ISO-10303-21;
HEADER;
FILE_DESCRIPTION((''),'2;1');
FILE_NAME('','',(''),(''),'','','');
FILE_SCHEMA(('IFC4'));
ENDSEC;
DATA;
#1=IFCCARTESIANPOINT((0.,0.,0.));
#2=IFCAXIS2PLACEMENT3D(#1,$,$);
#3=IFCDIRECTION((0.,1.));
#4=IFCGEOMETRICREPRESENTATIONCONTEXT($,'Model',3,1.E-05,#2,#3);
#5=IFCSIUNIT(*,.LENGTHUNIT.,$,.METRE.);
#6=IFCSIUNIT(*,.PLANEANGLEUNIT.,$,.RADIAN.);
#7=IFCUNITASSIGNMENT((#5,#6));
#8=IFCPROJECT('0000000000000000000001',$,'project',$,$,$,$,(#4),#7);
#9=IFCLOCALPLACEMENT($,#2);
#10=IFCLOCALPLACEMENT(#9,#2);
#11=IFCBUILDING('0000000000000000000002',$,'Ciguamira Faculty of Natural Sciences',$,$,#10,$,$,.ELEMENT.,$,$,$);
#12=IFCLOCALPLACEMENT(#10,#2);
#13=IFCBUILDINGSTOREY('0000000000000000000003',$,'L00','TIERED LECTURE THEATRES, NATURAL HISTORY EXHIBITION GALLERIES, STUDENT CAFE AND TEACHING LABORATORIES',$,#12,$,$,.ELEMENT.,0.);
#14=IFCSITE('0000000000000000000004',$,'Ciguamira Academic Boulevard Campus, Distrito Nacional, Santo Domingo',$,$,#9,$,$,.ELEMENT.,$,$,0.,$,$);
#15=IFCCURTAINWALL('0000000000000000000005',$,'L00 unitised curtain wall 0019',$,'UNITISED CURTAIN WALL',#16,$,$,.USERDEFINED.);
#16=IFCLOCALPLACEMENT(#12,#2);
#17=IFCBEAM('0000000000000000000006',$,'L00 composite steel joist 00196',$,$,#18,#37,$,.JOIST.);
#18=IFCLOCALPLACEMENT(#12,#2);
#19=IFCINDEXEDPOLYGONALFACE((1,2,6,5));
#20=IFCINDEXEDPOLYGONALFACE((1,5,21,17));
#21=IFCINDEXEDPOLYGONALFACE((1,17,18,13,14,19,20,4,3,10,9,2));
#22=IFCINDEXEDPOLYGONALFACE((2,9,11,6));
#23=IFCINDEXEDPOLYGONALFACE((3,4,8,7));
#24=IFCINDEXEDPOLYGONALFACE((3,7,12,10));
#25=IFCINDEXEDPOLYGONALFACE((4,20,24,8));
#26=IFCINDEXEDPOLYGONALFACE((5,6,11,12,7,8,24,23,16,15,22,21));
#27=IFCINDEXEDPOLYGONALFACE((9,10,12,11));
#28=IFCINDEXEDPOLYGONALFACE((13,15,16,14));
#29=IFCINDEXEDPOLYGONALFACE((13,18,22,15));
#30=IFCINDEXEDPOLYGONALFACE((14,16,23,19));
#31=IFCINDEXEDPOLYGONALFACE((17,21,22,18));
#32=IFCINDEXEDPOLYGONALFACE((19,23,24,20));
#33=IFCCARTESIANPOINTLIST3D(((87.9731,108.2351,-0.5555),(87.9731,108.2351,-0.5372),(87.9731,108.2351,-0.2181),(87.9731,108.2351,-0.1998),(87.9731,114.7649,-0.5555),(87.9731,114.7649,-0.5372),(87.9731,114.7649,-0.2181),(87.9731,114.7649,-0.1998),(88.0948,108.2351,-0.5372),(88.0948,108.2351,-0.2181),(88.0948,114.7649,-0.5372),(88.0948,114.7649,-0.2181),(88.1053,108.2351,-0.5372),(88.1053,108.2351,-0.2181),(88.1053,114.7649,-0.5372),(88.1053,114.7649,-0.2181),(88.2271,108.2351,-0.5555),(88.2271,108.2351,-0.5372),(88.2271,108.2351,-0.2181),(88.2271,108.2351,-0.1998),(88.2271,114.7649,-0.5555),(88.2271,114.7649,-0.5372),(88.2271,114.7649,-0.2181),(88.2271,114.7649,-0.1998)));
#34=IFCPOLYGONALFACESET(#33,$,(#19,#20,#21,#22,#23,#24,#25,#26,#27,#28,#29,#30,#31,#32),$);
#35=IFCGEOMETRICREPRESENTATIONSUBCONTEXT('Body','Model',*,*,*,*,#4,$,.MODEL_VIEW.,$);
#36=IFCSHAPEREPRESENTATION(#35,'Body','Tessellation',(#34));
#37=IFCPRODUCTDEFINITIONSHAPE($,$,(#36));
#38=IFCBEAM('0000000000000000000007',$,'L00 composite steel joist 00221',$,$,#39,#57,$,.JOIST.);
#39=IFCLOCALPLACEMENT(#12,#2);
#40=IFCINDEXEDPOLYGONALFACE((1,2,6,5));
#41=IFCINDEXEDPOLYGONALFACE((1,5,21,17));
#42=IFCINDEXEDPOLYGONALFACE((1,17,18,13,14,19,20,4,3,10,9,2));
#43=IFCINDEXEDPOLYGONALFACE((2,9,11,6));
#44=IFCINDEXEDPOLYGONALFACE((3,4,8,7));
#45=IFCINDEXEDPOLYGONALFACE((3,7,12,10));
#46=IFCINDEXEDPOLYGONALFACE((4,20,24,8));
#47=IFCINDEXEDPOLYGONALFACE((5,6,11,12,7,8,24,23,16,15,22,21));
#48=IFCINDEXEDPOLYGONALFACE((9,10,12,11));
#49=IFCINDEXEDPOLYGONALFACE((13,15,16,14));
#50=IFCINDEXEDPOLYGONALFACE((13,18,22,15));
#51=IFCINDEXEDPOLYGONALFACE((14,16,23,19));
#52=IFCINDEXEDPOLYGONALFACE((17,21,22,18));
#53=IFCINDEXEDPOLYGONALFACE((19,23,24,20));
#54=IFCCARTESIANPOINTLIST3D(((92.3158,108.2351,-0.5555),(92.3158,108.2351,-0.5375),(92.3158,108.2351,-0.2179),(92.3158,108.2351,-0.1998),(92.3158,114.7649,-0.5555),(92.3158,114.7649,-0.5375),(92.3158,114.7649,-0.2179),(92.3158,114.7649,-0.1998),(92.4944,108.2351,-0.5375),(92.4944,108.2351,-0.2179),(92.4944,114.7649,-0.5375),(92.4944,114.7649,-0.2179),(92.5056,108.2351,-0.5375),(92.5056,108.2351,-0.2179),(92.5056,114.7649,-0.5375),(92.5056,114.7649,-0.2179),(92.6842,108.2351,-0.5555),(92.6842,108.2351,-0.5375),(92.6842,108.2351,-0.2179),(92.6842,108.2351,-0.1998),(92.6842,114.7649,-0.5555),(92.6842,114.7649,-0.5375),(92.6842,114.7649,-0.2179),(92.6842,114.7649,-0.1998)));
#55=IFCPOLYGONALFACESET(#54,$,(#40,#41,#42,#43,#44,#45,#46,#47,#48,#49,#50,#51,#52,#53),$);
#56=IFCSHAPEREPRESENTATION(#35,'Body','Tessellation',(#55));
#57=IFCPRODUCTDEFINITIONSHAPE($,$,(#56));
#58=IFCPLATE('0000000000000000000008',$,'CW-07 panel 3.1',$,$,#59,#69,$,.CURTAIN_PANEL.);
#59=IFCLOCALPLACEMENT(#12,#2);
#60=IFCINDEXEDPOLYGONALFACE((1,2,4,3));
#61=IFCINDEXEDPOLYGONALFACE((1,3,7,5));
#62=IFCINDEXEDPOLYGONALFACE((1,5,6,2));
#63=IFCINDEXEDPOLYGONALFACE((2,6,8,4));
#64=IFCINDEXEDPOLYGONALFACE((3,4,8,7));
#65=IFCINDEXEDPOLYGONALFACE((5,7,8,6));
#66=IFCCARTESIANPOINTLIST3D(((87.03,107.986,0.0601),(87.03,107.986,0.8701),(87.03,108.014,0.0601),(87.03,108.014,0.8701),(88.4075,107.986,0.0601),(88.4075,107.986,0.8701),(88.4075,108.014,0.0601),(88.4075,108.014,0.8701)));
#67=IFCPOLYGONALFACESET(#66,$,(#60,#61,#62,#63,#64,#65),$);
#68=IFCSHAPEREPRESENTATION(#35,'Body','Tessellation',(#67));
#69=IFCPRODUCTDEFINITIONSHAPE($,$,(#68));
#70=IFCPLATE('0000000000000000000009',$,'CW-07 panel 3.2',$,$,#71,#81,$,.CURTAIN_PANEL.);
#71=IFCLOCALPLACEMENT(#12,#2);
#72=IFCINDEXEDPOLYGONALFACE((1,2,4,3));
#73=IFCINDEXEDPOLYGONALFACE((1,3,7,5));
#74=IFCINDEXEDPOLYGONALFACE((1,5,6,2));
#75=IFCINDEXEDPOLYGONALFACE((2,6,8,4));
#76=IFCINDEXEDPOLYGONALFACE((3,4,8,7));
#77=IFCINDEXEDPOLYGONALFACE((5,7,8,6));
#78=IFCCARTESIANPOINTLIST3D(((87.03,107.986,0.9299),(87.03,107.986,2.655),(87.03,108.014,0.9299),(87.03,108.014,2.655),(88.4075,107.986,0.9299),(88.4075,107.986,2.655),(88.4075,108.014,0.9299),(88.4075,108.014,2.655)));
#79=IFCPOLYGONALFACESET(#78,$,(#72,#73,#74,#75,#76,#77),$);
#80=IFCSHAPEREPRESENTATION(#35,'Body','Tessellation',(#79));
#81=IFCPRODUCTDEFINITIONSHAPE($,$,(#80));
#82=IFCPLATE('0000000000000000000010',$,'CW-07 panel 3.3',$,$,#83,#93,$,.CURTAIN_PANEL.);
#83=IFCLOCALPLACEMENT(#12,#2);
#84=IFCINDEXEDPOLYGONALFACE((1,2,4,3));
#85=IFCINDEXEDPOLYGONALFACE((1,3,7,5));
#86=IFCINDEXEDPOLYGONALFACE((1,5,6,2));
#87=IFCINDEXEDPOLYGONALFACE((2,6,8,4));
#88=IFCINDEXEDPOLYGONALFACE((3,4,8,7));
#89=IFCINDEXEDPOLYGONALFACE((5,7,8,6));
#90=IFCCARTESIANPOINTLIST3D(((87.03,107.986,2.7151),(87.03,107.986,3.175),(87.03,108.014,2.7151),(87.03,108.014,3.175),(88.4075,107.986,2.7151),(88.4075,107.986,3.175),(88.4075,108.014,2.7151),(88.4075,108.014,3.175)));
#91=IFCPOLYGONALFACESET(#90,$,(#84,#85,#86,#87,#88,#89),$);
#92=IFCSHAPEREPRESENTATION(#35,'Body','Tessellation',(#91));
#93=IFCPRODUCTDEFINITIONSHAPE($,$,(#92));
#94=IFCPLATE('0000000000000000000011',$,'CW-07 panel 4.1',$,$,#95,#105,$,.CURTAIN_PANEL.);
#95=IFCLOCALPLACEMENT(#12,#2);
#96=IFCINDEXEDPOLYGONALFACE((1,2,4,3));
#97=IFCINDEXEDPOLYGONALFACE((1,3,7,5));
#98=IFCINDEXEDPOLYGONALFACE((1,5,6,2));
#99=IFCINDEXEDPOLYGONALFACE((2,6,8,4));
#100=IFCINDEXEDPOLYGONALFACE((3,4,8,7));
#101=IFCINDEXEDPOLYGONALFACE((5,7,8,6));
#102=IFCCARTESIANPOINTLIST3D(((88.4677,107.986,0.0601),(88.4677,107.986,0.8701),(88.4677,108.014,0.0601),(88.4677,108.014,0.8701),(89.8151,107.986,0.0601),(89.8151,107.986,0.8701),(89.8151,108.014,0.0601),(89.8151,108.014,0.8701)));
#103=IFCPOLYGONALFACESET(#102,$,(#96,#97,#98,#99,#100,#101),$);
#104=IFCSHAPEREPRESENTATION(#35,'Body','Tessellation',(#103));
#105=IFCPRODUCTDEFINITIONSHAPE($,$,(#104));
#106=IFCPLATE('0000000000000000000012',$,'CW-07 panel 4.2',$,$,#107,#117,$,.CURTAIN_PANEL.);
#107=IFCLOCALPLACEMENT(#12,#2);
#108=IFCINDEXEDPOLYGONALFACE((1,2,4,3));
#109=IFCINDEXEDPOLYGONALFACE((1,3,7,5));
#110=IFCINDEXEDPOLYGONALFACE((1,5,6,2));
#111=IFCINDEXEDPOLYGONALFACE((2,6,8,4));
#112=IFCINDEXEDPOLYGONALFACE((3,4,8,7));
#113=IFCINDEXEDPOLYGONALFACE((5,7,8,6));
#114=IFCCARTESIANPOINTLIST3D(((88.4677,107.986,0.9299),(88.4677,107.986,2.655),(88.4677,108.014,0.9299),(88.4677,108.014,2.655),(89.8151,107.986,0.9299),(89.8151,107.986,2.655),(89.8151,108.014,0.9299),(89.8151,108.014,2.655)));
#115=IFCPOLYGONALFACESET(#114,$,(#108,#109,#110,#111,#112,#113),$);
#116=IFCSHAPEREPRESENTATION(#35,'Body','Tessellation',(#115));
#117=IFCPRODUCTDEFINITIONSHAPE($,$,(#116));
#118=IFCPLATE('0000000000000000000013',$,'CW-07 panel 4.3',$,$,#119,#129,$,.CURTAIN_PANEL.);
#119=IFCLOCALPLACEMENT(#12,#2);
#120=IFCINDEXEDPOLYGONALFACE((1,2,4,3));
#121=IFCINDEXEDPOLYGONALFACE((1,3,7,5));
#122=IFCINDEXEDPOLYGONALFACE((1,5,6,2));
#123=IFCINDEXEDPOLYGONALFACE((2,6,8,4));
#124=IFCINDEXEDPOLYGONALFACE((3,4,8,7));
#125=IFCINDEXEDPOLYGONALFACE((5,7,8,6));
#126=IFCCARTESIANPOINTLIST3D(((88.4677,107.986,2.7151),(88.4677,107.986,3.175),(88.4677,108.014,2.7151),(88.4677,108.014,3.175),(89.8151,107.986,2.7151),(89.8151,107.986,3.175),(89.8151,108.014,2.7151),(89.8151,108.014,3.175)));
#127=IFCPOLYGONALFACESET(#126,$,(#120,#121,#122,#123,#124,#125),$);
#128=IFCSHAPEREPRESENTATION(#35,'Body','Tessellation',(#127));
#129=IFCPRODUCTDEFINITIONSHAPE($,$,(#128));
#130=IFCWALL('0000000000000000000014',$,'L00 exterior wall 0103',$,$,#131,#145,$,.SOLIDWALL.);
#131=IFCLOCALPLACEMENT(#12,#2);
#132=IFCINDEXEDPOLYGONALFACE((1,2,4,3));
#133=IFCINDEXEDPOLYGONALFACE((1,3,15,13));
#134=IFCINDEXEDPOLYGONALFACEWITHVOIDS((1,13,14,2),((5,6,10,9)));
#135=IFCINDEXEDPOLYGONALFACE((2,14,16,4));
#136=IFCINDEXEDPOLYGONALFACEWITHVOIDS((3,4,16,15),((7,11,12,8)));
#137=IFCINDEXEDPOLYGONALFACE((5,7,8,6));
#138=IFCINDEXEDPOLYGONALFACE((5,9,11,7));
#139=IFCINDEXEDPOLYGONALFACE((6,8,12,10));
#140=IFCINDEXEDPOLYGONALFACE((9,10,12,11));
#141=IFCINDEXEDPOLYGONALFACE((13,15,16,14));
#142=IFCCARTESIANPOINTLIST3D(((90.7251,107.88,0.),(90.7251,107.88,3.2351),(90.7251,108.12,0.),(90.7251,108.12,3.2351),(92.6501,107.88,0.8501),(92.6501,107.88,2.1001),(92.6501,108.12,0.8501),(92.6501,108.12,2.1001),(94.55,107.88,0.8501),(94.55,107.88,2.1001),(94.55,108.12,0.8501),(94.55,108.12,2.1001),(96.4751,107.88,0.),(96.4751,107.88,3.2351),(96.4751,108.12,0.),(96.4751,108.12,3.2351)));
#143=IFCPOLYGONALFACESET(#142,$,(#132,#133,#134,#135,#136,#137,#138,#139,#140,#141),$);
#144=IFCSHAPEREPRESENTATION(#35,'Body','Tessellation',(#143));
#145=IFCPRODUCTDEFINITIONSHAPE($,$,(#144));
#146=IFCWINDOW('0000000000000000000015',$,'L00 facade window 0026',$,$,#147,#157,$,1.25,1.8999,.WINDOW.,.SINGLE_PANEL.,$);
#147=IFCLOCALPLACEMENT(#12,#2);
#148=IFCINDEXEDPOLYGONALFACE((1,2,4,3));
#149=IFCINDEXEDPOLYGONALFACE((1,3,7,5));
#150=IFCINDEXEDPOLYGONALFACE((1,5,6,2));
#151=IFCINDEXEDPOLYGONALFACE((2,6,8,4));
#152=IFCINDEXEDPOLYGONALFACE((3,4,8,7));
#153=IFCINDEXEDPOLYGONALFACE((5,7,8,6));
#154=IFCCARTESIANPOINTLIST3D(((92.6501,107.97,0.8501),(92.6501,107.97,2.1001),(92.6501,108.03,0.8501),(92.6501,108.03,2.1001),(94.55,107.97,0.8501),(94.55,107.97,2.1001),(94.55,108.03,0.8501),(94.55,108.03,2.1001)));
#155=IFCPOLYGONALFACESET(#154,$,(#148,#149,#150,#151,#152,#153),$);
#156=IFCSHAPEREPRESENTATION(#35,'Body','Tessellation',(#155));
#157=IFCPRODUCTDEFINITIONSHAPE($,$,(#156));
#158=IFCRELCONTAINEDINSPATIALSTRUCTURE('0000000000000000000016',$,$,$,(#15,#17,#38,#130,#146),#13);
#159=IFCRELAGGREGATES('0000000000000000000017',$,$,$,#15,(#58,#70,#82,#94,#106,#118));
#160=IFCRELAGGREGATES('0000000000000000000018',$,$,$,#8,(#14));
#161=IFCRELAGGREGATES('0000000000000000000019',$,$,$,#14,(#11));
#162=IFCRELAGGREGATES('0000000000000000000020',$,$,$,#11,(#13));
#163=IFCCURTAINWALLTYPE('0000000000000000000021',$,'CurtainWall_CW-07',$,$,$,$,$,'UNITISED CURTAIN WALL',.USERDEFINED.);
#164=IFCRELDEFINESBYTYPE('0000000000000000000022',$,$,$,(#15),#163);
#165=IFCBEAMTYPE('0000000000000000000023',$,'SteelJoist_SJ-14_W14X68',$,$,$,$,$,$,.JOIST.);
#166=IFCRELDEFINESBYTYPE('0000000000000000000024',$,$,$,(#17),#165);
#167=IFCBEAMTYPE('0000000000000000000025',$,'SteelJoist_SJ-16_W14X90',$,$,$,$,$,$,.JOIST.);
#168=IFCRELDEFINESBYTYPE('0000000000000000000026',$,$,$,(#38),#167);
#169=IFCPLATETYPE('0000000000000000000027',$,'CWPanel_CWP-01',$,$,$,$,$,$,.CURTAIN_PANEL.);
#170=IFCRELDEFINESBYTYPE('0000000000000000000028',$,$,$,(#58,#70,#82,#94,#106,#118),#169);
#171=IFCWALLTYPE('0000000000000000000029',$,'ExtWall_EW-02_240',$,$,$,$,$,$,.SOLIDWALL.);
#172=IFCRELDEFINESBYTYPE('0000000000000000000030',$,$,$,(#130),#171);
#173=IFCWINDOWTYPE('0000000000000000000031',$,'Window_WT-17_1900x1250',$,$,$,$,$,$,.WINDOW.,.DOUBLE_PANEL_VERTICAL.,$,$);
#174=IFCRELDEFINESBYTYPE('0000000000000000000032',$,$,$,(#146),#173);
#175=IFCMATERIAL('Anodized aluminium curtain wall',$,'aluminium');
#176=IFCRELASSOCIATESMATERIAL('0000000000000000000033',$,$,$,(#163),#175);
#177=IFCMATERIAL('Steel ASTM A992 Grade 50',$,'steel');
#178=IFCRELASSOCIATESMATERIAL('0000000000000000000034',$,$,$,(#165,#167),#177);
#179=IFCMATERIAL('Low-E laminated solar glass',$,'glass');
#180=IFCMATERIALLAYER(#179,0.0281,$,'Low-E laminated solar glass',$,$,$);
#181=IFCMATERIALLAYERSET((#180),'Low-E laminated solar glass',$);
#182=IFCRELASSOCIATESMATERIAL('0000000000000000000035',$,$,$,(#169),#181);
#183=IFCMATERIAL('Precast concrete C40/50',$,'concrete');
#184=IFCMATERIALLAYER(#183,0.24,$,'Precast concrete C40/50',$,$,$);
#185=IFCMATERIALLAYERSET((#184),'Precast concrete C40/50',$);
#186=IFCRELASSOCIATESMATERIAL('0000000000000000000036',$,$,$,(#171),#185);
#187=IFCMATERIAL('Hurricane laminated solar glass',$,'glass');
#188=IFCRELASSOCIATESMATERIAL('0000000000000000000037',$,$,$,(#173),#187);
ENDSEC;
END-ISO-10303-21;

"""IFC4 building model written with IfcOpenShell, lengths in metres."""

from ifc_helpers import new_model, si_unit, direction, frame, frame_2d, origin, origin_2d, place, context, subcontext, project, spatial, rectangle, i_section, extrude, material, layer, layer_set, material_profile, profile_set, type_object, element, fill, aggregate, save


model = new_model("IFC4")

# Units and contexts
model_context = context("Model", 3, precision=1e-05, world=origin(), true_north=direction((0.0, 1.0)))
body_context = subcontext(model_context, "Body", "Model", "MODEL_VIEW")
ifc_project = project(units=[si_unit("LENGTHUNIT", "METRE"), si_unit("PLANEANGLEUNIT", "RADIAN")], contexts=[model_context])

# Site, building, storey
site_placement = place(None, origin())
site = spatial("IfcSite", under=ifc_project, at=site_placement, Name="Ciguamira Academic Boulevard Campus, Distrito Nacional, Santo Domingo", CompositionType="ELEMENT", RefElevation=0.0)
building_placement = place(site_placement, origin())
building = spatial("IfcBuilding", under=site, at=building_placement, Name="Ciguamira Faculty of Natural Sciences", CompositionType="ELEMENT")
storey_placement = place(building_placement, origin())
storey = spatial("IfcBuildingStorey", under=building, at=storey_placement, Name="L00", Description="TIERED LECTURE THEATRES, NATURAL HISTORY EXHIBITION GALLERIES, STUDENT CAFE AND TEACHING LABORATORIES", CompositionType="ELEMENT", Elevation=0.0)

# Curtain wall
ifc_material_1 = material(Name="Anodized aluminium curtain wall", Category="aluminium")
curtain_wall_type = type_object("IfcCurtainWallType", Name="CurtainWall_CW-07", ElementType="UNITISED CURTAIN WALL", PredefinedType="USERDEFINED", material=ifc_material_1)
curtain_wall_placement = place(storey_placement, origin())
curtain_wall = element("IfcCurtainWall", 1, at=curtain_wall_placement, inside=storey, type_object=curtain_wall_type, Name="L00 unitised curtain wall 0019", ObjectType="UNITISED CURTAIN WALL", PredefinedType="USERDEFINED")

# Beams
ifc_material_2 = material(Name="Steel ASTM A992 Grade 50", Category="steel")
ifc_material_profile_1 = material_profile(ifc_material_2, i_section(OverallWidth=0.2539, OverallDepth=0.3557, WebThickness=0.0105, FlangeThickness=0.0183, at=origin_2d()), Name="W14X68")
ifc_profile_set_1 = profile_set([ifc_material_profile_1], Name="Steel ASTM A992 Grade 50")
beam_type_1 = type_object("IfcBeamType", Name="SteelJoist_SJ-14_W14X68", PredefinedType="JOIST", material=ifc_profile_set_1)
beam_1_placement = place(storey_placement, frame((88.1001, 108.2351, -0.3777), z_axis=(0.0, 1.0, 0.0), x_axis=(-1.0, 0.0, 0.0)))
element("IfcBeam", 2, at=beam_1_placement, inside=storey, type_object=beam_type_1, Name="L00 composite steel joist 00196", PredefinedType="JOIST", context=body_context, shape_type="SweptSolid", body=[
    extrude(i_section(OverallWidth=0.2539, OverallDepth=0.3557, WebThickness=0.0105, FlangeThickness=0.0183, at=origin_2d()), origin(), (0.0, 0.0, 1.0), 6.5298),
])
ifc_material_profile_2 = material_profile(ifc_material_2, i_section(OverallWidth=0.3684, OverallDepth=0.3557, WebThickness=0.0112, FlangeThickness=0.0181, at=origin_2d()), Name="W14X90")
ifc_profile_set_2 = profile_set([ifc_material_profile_2], Name="Steel ASTM A992 Grade 50")
beam_type_2 = type_object("IfcBeamType", Name="SteelJoist_SJ-16_W14X90", PredefinedType="JOIST", material=ifc_profile_set_2)
beam_2_placement = place(storey_placement, frame((92.5, 108.2351, -0.3777), z_axis=(0.0, 1.0, 0.0), x_axis=(-1.0, 0.0, 0.0)))
element("IfcBeam", 3, at=beam_2_placement, inside=storey, type_object=beam_type_2, Name="L00 composite steel joist 00221", PredefinedType="JOIST", context=body_context, shape_type="SweptSolid", body=[
    extrude(i_section(OverallWidth=0.3684, OverallDepth=0.3557, WebThickness=0.0112, FlangeThickness=0.0181, at=origin_2d()), origin(), (0.0, 0.0, 1.0), 6.5298),
])

# Plates
ifc_material_3 = material(Name="Low-E laminated solar glass", Category="glass")
ifc_layer_1 = layer(ifc_material_3, 0.0281, Name="Low-E laminated solar glass")
ifc_layer_set_1 = layer_set([ifc_layer_1], Name="Low-E laminated solar glass")
plate_type = type_object("IfcPlateType", Name="CWPanel_CWP-01", PredefinedType="CURTAIN_PANEL", material=ifc_layer_set_1)
plate_1_placement = place(storey_placement, frame((87.7188, 108.0, 0.0601), z_axis=(0.0, 0.0, 1.0), x_axis=(1.0, 0.0, 0.0)))
plate_1 = element("IfcPlate", 4, at=plate_1_placement, type_object=plate_type, Name="CW-07 panel 3.1", PredefinedType="CURTAIN_PANEL", context=body_context, shape_type="SweptSolid", body=[
    extrude(rectangle(XDim=1.3774, YDim=0.0281, at=origin_2d()), origin(), (0.0, 0.0, 1.0), 0.8101),
])
plate_2_placement = place(storey_placement, frame((87.7188, 108.0, 0.9299), z_axis=(0.0, 0.0, 1.0), x_axis=(1.0, 0.0, 0.0)))
plate_2 = element("IfcPlate", 5, at=plate_2_placement, type_object=plate_type, Name="CW-07 panel 3.2", PredefinedType="CURTAIN_PANEL", context=body_context, shape_type="SweptSolid", body=[
    extrude(rectangle(XDim=1.3774, YDim=0.0281, at=origin_2d()), origin(), (0.0, 0.0, 1.0), 1.7251),
])
plate_3_placement = place(storey_placement, frame((87.7188, 108.0, 2.7151), z_axis=(0.0, 0.0, 1.0), x_axis=(1.0, 0.0, 0.0)))
plate_3 = element("IfcPlate", 6, at=plate_3_placement, type_object=plate_type, Name="CW-07 panel 3.3", PredefinedType="CURTAIN_PANEL", context=body_context, shape_type="SweptSolid", body=[
    extrude(rectangle(XDim=1.3774, YDim=0.0281, at=origin_2d()), origin(), (0.0, 0.0, 1.0), 0.46),
])
plate_4_placement = place(storey_placement, frame((89.1414, 108.0, 0.0601), z_axis=(0.0, 0.0, 1.0), x_axis=(1.0, 0.0, 0.0)))
plate_4 = element("IfcPlate", 7, at=plate_4_placement, type_object=plate_type, Name="CW-07 panel 4.1", PredefinedType="CURTAIN_PANEL", context=body_context, shape_type="SweptSolid", body=[
    extrude(rectangle(XDim=1.3474, YDim=0.0281, at=origin_2d()), origin(), (0.0, 0.0, 1.0), 0.8101),
])
plate_5_placement = place(storey_placement, frame((89.1414, 108.0, 0.9299), z_axis=(0.0, 0.0, 1.0), x_axis=(1.0, 0.0, 0.0)))
plate_5 = element("IfcPlate", 8, at=plate_5_placement, type_object=plate_type, Name="CW-07 panel 4.2", PredefinedType="CURTAIN_PANEL", context=body_context, shape_type="SweptSolid", body=[
    extrude(rectangle(XDim=1.3474, YDim=0.0281, at=origin_2d()), origin(), (0.0, 0.0, 1.0), 1.7251),
])
plate_6_placement = place(storey_placement, frame((89.1414, 108.0, 2.7151), z_axis=(0.0, 0.0, 1.0), x_axis=(1.0, 0.0, 0.0)))
plate_6 = element("IfcPlate", 9, at=plate_6_placement, type_object=plate_type, Name="CW-07 panel 4.3", PredefinedType="CURTAIN_PANEL", context=body_context, shape_type="SweptSolid", body=[
    extrude(rectangle(XDim=1.3474, YDim=0.0281, at=origin_2d()), origin(), (0.0, 0.0, 1.0), 0.46),
])
aggregate(curtain_wall, [plate_1, plate_2, plate_3, plate_4, plate_5, plate_6])

# Wall, opening, window
ifc_material_4 = material(Name="Precast concrete C40/50", Category="concrete")
ifc_layer_2 = layer(ifc_material_4, 0.24, Name="Precast concrete C40/50")
ifc_layer_set_2 = layer_set([ifc_layer_2], Name="Precast concrete C40/50")
wall_type = type_object("IfcWallType", Name="ExtWall_EW-02_240", PredefinedType="SOLIDWALL", material=ifc_layer_set_2)
wall_placement = place(storey_placement, frame((90.7251, 108.0, 0.0), z_axis=(0.0, 0.0, 1.0), x_axis=(1.0, 0.0, 0.0)))
wall = element("IfcWall", 10, at=wall_placement, inside=storey, type_object=wall_type, Name="L00 exterior wall 0103", PredefinedType="SOLIDWALL", context=body_context, shape_type="SweptSolid", body=[
    extrude(rectangle(XDim=5.75, YDim=0.24, at=frame_2d((2.875, 0.0))), origin(), (0.0, 0.0, 1.0), 3.2351),
])
opening_placement = place(wall_placement, frame((1.925, 0.0, 0.8501)))
opening = element("IfcOpeningElement", 11, at=opening_placement, cuts=wall, PredefinedType="OPENING", context=body_context, shape_type="SweptSolid", body=[
    extrude(rectangle(XDim=1.8999, YDim=1.25, at=frame_2d((0.95, 0.625))), frame((0.0, 0.1299, 0.0), z_axis=(0.0, -1.0, 0.0), x_axis=(1.0, 0.0, 0.0)), (0.0, 0.0, 1.0), 0.26),
])
ifc_material_5 = material(Name="Hurricane laminated solar glass", Category="glass")
window_type = type_object("IfcWindowType", Name="Window_WT-17_1900x1250", PartitioningType="DOUBLE_PANEL_VERTICAL", PredefinedType="WINDOW", material=ifc_material_5)
window_placement = place(opening_placement, origin())
window = element("IfcWindow", 12, at=window_placement, inside=storey, type_object=window_type, Name="L00 facade window 0026", OverallHeight=1.25, OverallWidth=1.8999, PartitioningType="SINGLE_PANEL", PredefinedType="WINDOW", context=body_context, shape_type="SweptSolid", body=[
    extrude(rectangle(XDim=1.8999, YDim=1.25, at=frame_2d((0.95, 0.625))), frame((0.0, 0.03, 0.0), z_axis=(0.0, -1.0, 0.0), x_axis=(1.0, 0.0, 0.0)), (0.0, 0.0, 1.0), 0.0601),
])
fill(opening, window)

save(model, "model.ifc")
